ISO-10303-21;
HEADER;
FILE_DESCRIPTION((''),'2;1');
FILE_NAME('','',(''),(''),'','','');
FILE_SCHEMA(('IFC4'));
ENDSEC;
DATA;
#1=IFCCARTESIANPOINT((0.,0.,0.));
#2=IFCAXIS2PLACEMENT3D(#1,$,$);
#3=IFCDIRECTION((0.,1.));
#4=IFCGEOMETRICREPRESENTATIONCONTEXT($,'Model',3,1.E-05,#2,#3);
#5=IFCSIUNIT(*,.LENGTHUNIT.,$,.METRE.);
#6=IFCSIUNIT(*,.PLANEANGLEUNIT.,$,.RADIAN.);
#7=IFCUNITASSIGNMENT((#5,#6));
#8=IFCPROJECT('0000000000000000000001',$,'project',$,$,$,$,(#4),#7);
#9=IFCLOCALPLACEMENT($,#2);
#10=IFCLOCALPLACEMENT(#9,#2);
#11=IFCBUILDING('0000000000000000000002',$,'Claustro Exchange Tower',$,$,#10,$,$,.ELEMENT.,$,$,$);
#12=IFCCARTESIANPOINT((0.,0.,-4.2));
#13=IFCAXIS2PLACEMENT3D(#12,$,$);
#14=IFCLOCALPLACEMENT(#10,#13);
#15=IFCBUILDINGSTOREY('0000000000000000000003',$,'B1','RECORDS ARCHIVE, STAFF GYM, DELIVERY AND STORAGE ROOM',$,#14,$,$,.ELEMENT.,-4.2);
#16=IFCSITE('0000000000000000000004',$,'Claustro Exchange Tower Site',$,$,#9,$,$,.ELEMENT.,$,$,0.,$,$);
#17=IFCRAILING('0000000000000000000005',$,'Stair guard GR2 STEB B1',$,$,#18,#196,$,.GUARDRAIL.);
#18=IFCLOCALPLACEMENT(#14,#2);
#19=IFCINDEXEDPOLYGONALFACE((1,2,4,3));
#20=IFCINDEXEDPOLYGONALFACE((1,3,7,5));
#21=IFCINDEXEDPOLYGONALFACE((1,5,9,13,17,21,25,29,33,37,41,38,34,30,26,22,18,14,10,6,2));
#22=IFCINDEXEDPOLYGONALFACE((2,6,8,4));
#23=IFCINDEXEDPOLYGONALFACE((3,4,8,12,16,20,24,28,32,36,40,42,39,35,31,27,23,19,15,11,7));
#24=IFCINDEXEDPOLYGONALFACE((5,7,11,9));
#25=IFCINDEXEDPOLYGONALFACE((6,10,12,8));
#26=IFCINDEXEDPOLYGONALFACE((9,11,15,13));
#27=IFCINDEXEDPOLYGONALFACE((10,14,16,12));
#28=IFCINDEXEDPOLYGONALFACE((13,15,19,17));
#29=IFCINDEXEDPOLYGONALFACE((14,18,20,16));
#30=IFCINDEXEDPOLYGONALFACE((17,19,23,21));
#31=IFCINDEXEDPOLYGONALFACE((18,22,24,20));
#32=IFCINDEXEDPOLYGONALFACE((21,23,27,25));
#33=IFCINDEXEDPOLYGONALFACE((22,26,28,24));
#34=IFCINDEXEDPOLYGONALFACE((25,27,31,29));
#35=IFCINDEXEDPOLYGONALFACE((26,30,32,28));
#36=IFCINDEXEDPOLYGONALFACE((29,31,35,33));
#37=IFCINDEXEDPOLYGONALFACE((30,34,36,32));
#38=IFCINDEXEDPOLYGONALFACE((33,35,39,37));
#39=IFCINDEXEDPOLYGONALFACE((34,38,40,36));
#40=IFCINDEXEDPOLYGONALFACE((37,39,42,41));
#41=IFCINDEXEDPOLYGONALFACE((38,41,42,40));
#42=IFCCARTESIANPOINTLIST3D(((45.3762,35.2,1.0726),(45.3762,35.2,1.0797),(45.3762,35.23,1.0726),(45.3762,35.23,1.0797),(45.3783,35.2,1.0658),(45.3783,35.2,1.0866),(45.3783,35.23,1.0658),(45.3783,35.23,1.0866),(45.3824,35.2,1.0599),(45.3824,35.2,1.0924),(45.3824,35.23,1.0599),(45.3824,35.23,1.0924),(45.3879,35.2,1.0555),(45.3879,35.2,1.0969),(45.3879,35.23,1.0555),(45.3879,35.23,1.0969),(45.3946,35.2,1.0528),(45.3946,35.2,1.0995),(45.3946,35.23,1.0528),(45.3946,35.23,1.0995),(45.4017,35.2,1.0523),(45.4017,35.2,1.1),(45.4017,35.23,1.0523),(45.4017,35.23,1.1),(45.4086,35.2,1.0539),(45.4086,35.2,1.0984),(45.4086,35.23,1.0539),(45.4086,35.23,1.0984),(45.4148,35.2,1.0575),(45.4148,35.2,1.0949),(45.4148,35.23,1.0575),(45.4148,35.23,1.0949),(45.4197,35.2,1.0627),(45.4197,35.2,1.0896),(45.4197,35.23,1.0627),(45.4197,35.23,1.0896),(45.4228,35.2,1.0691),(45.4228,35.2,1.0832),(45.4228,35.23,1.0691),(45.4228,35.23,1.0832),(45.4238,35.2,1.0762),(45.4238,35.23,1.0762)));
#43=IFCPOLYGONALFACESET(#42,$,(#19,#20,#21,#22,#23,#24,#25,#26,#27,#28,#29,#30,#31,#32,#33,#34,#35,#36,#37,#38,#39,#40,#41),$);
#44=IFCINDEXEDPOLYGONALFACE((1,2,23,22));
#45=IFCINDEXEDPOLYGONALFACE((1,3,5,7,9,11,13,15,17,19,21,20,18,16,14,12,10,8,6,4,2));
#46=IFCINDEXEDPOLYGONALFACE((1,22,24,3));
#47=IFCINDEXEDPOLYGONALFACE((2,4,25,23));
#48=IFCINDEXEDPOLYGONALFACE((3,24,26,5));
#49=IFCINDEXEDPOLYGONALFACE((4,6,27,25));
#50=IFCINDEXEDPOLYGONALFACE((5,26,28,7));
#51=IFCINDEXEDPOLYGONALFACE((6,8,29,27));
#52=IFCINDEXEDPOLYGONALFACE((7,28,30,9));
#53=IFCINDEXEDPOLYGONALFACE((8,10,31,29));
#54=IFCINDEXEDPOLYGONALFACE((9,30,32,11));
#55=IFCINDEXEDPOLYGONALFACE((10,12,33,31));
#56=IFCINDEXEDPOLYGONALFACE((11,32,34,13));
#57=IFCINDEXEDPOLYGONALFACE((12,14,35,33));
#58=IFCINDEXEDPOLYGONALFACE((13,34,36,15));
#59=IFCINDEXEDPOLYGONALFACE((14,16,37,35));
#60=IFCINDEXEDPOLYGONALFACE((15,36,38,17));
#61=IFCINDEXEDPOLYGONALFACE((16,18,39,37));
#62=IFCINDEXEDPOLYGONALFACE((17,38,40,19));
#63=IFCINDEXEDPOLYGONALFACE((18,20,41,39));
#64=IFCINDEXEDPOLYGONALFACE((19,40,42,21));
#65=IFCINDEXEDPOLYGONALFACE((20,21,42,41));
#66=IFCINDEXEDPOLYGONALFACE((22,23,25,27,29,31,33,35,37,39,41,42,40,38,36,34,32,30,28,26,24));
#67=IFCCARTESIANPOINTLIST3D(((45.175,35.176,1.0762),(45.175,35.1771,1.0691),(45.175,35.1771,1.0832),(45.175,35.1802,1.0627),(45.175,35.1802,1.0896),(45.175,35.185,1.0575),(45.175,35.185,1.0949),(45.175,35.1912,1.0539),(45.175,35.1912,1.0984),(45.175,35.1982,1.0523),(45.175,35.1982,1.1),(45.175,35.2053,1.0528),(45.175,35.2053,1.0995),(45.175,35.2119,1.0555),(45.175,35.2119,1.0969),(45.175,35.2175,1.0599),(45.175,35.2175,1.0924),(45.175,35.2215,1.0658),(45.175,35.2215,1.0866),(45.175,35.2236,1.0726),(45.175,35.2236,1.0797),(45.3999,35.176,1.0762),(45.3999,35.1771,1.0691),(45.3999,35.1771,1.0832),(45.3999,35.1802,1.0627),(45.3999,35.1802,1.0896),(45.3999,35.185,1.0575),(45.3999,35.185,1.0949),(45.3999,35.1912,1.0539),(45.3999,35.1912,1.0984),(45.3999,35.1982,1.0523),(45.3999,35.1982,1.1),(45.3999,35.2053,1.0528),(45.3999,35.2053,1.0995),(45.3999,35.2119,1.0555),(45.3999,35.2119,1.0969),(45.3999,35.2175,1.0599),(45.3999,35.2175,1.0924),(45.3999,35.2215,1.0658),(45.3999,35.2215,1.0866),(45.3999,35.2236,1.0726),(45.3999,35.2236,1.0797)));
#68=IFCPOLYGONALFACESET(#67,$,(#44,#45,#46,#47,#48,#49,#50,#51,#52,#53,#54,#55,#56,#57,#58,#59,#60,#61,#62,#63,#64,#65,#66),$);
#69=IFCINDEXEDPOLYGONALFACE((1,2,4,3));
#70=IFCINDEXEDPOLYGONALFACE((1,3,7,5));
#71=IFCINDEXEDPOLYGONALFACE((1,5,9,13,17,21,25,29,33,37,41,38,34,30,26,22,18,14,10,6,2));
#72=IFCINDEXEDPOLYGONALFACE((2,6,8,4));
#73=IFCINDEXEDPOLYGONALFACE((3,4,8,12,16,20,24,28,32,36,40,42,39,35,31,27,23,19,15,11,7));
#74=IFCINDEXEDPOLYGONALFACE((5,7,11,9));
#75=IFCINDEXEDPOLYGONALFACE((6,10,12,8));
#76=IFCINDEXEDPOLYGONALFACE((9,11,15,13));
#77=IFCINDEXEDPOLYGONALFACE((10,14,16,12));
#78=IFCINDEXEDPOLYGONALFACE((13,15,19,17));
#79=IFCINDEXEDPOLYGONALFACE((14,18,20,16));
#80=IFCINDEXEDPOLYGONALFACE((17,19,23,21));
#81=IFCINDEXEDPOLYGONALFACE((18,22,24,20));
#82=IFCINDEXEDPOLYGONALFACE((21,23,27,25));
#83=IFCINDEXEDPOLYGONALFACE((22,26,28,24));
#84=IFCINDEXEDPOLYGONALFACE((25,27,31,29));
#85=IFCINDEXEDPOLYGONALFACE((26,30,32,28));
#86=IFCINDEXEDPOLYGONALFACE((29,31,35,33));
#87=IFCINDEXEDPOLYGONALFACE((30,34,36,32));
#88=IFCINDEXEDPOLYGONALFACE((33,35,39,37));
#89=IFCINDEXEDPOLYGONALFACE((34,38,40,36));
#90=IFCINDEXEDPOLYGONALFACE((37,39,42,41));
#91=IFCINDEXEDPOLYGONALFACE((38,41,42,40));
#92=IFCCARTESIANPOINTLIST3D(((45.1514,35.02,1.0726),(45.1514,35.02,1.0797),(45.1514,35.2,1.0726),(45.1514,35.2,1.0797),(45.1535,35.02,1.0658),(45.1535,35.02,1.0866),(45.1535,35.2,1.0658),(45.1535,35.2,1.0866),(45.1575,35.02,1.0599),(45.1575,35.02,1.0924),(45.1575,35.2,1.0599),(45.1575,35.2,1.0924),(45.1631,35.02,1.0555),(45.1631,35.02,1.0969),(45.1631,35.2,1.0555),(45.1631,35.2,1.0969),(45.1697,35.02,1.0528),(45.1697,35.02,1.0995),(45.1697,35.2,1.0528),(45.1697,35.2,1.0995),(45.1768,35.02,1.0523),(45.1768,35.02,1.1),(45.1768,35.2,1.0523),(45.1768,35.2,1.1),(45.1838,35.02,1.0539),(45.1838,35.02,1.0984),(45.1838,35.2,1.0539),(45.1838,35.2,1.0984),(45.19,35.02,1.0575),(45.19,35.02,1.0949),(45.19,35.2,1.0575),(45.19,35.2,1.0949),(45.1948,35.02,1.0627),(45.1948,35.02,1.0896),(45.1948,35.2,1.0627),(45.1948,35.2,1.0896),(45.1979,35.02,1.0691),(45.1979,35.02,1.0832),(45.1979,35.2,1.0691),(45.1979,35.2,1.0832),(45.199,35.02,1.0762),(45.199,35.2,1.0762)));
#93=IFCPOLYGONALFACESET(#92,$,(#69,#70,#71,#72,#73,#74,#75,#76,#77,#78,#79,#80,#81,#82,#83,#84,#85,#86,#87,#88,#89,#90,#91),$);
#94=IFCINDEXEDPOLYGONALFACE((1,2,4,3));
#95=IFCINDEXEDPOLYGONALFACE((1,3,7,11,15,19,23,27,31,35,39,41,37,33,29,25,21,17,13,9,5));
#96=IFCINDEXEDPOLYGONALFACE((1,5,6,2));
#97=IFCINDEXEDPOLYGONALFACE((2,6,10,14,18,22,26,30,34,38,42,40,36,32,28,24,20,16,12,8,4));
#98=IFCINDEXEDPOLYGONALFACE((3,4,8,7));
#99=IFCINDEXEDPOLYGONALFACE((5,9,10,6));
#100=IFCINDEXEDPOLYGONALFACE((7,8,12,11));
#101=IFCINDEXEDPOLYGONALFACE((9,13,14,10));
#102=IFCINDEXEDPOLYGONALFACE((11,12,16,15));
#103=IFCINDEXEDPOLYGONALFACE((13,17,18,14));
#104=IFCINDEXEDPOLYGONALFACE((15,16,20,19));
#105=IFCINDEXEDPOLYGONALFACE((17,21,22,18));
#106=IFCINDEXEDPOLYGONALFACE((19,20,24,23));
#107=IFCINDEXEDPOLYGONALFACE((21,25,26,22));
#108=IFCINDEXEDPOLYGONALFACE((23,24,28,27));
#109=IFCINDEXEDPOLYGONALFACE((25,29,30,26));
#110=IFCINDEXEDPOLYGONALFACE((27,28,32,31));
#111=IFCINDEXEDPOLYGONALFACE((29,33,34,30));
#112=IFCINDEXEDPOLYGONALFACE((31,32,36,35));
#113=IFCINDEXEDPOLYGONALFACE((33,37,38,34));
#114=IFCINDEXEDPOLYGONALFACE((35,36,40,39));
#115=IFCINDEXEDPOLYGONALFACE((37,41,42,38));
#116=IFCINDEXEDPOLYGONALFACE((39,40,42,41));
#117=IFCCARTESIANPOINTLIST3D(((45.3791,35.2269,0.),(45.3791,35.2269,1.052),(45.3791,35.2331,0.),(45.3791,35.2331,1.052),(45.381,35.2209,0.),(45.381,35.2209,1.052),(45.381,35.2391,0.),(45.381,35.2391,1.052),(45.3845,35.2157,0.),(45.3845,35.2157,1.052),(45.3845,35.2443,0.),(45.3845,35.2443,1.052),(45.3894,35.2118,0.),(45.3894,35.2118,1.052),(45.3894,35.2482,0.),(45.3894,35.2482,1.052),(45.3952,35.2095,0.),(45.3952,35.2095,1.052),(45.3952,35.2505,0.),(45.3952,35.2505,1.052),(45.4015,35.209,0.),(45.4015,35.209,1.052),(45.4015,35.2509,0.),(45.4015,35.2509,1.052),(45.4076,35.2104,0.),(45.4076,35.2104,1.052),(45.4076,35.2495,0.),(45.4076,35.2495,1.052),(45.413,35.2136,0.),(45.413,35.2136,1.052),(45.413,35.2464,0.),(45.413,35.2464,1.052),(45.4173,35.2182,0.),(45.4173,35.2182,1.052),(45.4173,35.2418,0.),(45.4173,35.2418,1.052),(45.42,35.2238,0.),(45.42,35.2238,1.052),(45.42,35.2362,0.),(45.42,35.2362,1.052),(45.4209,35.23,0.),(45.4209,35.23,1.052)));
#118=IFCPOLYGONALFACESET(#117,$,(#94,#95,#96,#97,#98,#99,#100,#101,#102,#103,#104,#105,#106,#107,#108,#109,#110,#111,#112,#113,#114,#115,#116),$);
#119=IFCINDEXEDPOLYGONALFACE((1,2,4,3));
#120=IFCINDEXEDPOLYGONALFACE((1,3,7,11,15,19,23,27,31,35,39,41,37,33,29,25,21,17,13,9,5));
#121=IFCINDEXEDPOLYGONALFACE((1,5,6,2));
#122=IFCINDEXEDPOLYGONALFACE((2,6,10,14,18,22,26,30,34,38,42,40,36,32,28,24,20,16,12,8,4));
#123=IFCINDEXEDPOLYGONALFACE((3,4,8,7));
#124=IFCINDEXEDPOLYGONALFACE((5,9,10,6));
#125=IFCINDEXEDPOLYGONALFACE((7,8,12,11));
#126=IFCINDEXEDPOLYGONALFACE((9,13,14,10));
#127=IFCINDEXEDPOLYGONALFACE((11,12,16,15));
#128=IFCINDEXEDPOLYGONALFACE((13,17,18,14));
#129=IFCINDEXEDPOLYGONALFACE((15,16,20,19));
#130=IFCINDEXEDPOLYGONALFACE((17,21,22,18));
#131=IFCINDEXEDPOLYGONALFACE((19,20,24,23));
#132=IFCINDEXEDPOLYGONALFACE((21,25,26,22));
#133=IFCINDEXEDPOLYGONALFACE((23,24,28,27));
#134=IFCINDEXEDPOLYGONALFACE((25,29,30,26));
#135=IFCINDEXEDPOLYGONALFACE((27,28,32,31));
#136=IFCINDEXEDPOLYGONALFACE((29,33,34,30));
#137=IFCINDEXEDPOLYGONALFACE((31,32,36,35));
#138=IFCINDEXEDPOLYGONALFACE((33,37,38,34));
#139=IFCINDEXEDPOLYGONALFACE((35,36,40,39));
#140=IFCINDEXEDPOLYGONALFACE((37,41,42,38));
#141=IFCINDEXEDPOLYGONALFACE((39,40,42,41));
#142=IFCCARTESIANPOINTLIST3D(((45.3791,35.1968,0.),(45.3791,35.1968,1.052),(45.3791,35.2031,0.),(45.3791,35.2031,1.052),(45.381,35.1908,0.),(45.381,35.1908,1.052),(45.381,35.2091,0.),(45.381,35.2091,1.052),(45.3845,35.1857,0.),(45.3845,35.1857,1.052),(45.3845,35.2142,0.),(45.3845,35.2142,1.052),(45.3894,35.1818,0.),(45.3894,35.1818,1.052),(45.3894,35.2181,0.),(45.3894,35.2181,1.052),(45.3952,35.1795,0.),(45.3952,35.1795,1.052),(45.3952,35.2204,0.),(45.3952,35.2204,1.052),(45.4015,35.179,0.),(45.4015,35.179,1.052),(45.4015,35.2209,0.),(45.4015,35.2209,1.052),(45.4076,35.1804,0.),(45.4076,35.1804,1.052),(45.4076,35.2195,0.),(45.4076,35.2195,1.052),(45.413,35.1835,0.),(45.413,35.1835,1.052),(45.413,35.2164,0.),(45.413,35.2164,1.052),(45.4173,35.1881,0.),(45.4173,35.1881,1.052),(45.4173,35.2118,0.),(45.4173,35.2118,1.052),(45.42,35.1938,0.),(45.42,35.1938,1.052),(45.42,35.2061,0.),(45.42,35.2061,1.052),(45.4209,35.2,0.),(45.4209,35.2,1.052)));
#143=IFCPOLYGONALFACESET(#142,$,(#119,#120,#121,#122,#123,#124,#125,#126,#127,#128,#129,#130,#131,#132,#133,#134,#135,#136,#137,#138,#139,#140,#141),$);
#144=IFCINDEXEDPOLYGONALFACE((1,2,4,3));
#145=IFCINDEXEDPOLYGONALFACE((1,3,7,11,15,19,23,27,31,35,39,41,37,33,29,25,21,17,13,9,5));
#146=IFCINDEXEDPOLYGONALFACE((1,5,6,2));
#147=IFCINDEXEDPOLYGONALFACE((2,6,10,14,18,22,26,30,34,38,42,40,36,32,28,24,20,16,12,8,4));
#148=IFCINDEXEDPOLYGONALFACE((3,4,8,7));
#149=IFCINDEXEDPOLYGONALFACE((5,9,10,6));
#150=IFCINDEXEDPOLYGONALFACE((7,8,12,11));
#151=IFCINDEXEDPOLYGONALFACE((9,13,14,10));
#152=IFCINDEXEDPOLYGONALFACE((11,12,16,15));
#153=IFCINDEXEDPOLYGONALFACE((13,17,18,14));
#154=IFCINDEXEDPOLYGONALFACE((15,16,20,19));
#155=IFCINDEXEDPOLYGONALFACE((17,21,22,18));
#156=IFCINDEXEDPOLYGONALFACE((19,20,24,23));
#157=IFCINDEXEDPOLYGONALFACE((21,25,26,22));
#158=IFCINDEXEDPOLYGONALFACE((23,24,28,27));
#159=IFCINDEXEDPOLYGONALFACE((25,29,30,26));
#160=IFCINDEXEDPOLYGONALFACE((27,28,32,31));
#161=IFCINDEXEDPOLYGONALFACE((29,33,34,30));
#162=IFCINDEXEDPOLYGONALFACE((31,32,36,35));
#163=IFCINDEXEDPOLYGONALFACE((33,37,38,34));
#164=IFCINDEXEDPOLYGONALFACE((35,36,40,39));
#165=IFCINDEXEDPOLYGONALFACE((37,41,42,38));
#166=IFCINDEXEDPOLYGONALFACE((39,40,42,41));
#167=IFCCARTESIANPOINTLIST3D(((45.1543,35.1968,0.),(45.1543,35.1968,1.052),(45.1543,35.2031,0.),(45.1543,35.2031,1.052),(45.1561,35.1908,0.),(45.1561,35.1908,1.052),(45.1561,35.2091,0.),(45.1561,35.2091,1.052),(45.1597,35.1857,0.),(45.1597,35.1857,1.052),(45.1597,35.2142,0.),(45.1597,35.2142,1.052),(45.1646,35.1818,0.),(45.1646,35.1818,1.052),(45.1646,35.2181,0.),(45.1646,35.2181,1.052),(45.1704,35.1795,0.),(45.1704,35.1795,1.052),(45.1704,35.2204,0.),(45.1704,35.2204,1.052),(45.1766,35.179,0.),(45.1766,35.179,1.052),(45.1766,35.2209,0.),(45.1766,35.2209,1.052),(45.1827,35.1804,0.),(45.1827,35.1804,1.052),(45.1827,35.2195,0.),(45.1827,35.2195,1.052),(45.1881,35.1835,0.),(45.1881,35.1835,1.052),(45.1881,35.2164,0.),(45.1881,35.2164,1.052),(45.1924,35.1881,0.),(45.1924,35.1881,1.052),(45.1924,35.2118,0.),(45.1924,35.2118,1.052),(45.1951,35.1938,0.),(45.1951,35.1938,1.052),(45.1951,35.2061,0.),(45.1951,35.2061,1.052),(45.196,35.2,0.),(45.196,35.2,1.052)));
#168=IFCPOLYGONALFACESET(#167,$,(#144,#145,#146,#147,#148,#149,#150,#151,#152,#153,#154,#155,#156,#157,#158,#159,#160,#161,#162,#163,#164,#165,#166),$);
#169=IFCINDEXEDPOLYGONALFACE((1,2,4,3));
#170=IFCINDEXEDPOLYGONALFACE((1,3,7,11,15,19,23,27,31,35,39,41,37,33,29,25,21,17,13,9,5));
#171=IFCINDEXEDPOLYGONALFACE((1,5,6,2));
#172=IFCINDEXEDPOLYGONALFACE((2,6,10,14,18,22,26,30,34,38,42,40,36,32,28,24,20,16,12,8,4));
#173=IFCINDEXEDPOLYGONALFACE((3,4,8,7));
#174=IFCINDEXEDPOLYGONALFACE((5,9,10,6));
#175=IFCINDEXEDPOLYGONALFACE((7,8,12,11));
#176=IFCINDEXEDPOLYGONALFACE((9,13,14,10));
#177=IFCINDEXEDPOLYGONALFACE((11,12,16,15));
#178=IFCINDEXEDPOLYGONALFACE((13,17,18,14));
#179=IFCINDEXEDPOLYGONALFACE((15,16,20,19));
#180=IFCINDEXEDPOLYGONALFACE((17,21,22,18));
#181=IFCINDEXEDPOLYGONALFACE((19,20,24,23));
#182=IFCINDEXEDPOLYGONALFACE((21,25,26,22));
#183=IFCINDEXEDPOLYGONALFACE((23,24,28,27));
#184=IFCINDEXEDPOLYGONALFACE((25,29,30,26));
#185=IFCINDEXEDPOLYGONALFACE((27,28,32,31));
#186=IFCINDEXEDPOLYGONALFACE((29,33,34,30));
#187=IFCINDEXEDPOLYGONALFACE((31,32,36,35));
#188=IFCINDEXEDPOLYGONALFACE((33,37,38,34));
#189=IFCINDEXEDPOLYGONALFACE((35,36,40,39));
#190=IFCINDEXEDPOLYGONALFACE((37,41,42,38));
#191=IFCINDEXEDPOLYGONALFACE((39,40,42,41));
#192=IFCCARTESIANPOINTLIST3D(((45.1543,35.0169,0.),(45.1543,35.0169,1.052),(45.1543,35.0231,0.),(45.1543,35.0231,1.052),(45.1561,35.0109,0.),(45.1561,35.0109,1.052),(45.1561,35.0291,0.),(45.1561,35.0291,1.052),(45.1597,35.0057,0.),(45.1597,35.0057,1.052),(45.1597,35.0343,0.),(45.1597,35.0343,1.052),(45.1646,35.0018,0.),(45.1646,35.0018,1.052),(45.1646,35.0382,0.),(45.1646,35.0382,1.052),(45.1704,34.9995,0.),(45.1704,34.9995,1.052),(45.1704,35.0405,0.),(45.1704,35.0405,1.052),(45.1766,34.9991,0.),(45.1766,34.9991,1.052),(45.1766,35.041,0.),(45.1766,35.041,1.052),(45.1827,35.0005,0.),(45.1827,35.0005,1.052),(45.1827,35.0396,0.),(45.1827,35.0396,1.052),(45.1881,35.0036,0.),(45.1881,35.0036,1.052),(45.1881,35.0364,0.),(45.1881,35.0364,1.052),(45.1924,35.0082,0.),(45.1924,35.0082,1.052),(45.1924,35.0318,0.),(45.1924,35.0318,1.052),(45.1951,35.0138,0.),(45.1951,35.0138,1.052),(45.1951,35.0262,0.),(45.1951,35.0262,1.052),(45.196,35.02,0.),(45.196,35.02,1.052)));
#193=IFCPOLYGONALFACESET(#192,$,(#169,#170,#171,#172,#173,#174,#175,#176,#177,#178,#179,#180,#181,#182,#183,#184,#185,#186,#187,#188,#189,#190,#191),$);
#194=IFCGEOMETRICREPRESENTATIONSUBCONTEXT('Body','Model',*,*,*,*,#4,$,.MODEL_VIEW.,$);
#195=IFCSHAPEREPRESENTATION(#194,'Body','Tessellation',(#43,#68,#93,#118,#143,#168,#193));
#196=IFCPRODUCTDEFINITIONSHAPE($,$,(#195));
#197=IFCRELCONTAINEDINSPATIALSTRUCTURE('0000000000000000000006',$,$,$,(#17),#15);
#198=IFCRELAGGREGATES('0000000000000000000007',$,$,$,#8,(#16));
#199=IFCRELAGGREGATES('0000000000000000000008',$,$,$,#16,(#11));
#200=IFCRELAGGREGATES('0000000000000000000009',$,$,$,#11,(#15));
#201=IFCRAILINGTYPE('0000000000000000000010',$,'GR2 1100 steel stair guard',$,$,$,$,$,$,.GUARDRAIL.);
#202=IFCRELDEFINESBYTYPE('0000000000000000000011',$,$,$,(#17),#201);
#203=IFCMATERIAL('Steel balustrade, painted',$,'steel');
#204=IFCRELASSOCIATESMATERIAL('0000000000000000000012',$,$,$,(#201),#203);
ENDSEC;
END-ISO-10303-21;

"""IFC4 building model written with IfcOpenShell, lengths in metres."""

from ifc_helpers import new_model, si_unit, direction, frame, origin, origin_2d, place, context, subcontext, project, spatial, circle, extrude, material, type_object, element, save


model = new_model("IFC4")

# Units and contexts
model_context = context("Model", 3, precision=1e-05, world=origin(), true_north=direction((0.0, 1.0)))
body_context = subcontext(model_context, "Body", "Model", "MODEL_VIEW")
ifc_project = project(units=[si_unit("LENGTHUNIT", "METRE"), si_unit("PLANEANGLEUNIT", "RADIAN")], contexts=[model_context])

# Site, building, storey
site_placement = place(None, origin())
site = spatial("IfcSite", under=ifc_project, at=site_placement, Name="Claustro Exchange Tower Site", CompositionType="ELEMENT", RefElevation=0.0)
building_placement = place(site_placement, origin())
building = spatial("IfcBuilding", under=site, at=building_placement, Name="Claustro Exchange Tower", CompositionType="ELEMENT")
storey_placement = place(building_placement, frame((0.0, 0.0, -4.2)))
storey = spatial("IfcBuildingStorey", under=building, at=storey_placement, Name="B1", Description="RECORDS ARCHIVE, STAFF GYM, DELIVERY AND STORAGE ROOM", CompositionType="ELEMENT", Elevation=-4.2)

# Railing
ifc_material_1 = material(Name="Steel balustrade, painted", Category="steel")
railing_type_1 = type_object("IfcRailingType", Name="GR2 1100 steel stair guard", PredefinedType="GUARDRAIL", material=ifc_material_1)
railing_1_placement = place(storey_placement, frame((45.3999, 35.23, 0.0)))
element("IfcRailing", 1, at=railing_1_placement, inside=storey, type_object=railing_type_1, Name="Stair guard GR2 STEB B1", PredefinedType="GUARDRAIL", context=body_context, shape_type="SweptSolid", body=[
    extrude(circle(Radius=0.0239, at=origin_2d()), frame((0.0, 0.0, 1.0762), z_axis=(0.0, -1.0, 0.0), x_axis=(1.0, 0.0, 0.0)), (0.0, 0.0, 1.0), 0.03),
    extrude(circle(Radius=0.0239, at=origin_2d()), frame((0.0, -0.03, 1.0762), z_axis=(-1.0, 0.0, 0.0), x_axis=(0.0, -1.0, 0.0)), (0.0, 0.0, 1.0), 0.2249),
    extrude(circle(Radius=0.0239, at=origin_2d()), frame((-0.2249, -0.03, 1.0762), z_axis=(0.0, -1.0, 0.0), x_axis=(1.0, 0.0, 0.0)), (0.0, 0.0, 1.0), 0.1799),
    extrude(circle(Radius=0.021, at=origin_2d()), origin(), (0.0, 0.0, 1.0), 1.052),
    extrude(circle(Radius=0.021, at=origin_2d()), frame((0.0, -0.03, 0.0)), (0.0, 0.0, 1.0), 1.052),
    extrude(circle(Radius=0.021, at=origin_2d()), frame((-0.2249, -0.03, 0.0)), (0.0, 0.0, 1.0), 1.052),
    extrude(circle(Radius=0.021, at=origin_2d()), frame((-0.2249, -0.21, 0.0)), (0.0, 0.0, 1.0), 1.052),
])

save(model, "model.ifc")
